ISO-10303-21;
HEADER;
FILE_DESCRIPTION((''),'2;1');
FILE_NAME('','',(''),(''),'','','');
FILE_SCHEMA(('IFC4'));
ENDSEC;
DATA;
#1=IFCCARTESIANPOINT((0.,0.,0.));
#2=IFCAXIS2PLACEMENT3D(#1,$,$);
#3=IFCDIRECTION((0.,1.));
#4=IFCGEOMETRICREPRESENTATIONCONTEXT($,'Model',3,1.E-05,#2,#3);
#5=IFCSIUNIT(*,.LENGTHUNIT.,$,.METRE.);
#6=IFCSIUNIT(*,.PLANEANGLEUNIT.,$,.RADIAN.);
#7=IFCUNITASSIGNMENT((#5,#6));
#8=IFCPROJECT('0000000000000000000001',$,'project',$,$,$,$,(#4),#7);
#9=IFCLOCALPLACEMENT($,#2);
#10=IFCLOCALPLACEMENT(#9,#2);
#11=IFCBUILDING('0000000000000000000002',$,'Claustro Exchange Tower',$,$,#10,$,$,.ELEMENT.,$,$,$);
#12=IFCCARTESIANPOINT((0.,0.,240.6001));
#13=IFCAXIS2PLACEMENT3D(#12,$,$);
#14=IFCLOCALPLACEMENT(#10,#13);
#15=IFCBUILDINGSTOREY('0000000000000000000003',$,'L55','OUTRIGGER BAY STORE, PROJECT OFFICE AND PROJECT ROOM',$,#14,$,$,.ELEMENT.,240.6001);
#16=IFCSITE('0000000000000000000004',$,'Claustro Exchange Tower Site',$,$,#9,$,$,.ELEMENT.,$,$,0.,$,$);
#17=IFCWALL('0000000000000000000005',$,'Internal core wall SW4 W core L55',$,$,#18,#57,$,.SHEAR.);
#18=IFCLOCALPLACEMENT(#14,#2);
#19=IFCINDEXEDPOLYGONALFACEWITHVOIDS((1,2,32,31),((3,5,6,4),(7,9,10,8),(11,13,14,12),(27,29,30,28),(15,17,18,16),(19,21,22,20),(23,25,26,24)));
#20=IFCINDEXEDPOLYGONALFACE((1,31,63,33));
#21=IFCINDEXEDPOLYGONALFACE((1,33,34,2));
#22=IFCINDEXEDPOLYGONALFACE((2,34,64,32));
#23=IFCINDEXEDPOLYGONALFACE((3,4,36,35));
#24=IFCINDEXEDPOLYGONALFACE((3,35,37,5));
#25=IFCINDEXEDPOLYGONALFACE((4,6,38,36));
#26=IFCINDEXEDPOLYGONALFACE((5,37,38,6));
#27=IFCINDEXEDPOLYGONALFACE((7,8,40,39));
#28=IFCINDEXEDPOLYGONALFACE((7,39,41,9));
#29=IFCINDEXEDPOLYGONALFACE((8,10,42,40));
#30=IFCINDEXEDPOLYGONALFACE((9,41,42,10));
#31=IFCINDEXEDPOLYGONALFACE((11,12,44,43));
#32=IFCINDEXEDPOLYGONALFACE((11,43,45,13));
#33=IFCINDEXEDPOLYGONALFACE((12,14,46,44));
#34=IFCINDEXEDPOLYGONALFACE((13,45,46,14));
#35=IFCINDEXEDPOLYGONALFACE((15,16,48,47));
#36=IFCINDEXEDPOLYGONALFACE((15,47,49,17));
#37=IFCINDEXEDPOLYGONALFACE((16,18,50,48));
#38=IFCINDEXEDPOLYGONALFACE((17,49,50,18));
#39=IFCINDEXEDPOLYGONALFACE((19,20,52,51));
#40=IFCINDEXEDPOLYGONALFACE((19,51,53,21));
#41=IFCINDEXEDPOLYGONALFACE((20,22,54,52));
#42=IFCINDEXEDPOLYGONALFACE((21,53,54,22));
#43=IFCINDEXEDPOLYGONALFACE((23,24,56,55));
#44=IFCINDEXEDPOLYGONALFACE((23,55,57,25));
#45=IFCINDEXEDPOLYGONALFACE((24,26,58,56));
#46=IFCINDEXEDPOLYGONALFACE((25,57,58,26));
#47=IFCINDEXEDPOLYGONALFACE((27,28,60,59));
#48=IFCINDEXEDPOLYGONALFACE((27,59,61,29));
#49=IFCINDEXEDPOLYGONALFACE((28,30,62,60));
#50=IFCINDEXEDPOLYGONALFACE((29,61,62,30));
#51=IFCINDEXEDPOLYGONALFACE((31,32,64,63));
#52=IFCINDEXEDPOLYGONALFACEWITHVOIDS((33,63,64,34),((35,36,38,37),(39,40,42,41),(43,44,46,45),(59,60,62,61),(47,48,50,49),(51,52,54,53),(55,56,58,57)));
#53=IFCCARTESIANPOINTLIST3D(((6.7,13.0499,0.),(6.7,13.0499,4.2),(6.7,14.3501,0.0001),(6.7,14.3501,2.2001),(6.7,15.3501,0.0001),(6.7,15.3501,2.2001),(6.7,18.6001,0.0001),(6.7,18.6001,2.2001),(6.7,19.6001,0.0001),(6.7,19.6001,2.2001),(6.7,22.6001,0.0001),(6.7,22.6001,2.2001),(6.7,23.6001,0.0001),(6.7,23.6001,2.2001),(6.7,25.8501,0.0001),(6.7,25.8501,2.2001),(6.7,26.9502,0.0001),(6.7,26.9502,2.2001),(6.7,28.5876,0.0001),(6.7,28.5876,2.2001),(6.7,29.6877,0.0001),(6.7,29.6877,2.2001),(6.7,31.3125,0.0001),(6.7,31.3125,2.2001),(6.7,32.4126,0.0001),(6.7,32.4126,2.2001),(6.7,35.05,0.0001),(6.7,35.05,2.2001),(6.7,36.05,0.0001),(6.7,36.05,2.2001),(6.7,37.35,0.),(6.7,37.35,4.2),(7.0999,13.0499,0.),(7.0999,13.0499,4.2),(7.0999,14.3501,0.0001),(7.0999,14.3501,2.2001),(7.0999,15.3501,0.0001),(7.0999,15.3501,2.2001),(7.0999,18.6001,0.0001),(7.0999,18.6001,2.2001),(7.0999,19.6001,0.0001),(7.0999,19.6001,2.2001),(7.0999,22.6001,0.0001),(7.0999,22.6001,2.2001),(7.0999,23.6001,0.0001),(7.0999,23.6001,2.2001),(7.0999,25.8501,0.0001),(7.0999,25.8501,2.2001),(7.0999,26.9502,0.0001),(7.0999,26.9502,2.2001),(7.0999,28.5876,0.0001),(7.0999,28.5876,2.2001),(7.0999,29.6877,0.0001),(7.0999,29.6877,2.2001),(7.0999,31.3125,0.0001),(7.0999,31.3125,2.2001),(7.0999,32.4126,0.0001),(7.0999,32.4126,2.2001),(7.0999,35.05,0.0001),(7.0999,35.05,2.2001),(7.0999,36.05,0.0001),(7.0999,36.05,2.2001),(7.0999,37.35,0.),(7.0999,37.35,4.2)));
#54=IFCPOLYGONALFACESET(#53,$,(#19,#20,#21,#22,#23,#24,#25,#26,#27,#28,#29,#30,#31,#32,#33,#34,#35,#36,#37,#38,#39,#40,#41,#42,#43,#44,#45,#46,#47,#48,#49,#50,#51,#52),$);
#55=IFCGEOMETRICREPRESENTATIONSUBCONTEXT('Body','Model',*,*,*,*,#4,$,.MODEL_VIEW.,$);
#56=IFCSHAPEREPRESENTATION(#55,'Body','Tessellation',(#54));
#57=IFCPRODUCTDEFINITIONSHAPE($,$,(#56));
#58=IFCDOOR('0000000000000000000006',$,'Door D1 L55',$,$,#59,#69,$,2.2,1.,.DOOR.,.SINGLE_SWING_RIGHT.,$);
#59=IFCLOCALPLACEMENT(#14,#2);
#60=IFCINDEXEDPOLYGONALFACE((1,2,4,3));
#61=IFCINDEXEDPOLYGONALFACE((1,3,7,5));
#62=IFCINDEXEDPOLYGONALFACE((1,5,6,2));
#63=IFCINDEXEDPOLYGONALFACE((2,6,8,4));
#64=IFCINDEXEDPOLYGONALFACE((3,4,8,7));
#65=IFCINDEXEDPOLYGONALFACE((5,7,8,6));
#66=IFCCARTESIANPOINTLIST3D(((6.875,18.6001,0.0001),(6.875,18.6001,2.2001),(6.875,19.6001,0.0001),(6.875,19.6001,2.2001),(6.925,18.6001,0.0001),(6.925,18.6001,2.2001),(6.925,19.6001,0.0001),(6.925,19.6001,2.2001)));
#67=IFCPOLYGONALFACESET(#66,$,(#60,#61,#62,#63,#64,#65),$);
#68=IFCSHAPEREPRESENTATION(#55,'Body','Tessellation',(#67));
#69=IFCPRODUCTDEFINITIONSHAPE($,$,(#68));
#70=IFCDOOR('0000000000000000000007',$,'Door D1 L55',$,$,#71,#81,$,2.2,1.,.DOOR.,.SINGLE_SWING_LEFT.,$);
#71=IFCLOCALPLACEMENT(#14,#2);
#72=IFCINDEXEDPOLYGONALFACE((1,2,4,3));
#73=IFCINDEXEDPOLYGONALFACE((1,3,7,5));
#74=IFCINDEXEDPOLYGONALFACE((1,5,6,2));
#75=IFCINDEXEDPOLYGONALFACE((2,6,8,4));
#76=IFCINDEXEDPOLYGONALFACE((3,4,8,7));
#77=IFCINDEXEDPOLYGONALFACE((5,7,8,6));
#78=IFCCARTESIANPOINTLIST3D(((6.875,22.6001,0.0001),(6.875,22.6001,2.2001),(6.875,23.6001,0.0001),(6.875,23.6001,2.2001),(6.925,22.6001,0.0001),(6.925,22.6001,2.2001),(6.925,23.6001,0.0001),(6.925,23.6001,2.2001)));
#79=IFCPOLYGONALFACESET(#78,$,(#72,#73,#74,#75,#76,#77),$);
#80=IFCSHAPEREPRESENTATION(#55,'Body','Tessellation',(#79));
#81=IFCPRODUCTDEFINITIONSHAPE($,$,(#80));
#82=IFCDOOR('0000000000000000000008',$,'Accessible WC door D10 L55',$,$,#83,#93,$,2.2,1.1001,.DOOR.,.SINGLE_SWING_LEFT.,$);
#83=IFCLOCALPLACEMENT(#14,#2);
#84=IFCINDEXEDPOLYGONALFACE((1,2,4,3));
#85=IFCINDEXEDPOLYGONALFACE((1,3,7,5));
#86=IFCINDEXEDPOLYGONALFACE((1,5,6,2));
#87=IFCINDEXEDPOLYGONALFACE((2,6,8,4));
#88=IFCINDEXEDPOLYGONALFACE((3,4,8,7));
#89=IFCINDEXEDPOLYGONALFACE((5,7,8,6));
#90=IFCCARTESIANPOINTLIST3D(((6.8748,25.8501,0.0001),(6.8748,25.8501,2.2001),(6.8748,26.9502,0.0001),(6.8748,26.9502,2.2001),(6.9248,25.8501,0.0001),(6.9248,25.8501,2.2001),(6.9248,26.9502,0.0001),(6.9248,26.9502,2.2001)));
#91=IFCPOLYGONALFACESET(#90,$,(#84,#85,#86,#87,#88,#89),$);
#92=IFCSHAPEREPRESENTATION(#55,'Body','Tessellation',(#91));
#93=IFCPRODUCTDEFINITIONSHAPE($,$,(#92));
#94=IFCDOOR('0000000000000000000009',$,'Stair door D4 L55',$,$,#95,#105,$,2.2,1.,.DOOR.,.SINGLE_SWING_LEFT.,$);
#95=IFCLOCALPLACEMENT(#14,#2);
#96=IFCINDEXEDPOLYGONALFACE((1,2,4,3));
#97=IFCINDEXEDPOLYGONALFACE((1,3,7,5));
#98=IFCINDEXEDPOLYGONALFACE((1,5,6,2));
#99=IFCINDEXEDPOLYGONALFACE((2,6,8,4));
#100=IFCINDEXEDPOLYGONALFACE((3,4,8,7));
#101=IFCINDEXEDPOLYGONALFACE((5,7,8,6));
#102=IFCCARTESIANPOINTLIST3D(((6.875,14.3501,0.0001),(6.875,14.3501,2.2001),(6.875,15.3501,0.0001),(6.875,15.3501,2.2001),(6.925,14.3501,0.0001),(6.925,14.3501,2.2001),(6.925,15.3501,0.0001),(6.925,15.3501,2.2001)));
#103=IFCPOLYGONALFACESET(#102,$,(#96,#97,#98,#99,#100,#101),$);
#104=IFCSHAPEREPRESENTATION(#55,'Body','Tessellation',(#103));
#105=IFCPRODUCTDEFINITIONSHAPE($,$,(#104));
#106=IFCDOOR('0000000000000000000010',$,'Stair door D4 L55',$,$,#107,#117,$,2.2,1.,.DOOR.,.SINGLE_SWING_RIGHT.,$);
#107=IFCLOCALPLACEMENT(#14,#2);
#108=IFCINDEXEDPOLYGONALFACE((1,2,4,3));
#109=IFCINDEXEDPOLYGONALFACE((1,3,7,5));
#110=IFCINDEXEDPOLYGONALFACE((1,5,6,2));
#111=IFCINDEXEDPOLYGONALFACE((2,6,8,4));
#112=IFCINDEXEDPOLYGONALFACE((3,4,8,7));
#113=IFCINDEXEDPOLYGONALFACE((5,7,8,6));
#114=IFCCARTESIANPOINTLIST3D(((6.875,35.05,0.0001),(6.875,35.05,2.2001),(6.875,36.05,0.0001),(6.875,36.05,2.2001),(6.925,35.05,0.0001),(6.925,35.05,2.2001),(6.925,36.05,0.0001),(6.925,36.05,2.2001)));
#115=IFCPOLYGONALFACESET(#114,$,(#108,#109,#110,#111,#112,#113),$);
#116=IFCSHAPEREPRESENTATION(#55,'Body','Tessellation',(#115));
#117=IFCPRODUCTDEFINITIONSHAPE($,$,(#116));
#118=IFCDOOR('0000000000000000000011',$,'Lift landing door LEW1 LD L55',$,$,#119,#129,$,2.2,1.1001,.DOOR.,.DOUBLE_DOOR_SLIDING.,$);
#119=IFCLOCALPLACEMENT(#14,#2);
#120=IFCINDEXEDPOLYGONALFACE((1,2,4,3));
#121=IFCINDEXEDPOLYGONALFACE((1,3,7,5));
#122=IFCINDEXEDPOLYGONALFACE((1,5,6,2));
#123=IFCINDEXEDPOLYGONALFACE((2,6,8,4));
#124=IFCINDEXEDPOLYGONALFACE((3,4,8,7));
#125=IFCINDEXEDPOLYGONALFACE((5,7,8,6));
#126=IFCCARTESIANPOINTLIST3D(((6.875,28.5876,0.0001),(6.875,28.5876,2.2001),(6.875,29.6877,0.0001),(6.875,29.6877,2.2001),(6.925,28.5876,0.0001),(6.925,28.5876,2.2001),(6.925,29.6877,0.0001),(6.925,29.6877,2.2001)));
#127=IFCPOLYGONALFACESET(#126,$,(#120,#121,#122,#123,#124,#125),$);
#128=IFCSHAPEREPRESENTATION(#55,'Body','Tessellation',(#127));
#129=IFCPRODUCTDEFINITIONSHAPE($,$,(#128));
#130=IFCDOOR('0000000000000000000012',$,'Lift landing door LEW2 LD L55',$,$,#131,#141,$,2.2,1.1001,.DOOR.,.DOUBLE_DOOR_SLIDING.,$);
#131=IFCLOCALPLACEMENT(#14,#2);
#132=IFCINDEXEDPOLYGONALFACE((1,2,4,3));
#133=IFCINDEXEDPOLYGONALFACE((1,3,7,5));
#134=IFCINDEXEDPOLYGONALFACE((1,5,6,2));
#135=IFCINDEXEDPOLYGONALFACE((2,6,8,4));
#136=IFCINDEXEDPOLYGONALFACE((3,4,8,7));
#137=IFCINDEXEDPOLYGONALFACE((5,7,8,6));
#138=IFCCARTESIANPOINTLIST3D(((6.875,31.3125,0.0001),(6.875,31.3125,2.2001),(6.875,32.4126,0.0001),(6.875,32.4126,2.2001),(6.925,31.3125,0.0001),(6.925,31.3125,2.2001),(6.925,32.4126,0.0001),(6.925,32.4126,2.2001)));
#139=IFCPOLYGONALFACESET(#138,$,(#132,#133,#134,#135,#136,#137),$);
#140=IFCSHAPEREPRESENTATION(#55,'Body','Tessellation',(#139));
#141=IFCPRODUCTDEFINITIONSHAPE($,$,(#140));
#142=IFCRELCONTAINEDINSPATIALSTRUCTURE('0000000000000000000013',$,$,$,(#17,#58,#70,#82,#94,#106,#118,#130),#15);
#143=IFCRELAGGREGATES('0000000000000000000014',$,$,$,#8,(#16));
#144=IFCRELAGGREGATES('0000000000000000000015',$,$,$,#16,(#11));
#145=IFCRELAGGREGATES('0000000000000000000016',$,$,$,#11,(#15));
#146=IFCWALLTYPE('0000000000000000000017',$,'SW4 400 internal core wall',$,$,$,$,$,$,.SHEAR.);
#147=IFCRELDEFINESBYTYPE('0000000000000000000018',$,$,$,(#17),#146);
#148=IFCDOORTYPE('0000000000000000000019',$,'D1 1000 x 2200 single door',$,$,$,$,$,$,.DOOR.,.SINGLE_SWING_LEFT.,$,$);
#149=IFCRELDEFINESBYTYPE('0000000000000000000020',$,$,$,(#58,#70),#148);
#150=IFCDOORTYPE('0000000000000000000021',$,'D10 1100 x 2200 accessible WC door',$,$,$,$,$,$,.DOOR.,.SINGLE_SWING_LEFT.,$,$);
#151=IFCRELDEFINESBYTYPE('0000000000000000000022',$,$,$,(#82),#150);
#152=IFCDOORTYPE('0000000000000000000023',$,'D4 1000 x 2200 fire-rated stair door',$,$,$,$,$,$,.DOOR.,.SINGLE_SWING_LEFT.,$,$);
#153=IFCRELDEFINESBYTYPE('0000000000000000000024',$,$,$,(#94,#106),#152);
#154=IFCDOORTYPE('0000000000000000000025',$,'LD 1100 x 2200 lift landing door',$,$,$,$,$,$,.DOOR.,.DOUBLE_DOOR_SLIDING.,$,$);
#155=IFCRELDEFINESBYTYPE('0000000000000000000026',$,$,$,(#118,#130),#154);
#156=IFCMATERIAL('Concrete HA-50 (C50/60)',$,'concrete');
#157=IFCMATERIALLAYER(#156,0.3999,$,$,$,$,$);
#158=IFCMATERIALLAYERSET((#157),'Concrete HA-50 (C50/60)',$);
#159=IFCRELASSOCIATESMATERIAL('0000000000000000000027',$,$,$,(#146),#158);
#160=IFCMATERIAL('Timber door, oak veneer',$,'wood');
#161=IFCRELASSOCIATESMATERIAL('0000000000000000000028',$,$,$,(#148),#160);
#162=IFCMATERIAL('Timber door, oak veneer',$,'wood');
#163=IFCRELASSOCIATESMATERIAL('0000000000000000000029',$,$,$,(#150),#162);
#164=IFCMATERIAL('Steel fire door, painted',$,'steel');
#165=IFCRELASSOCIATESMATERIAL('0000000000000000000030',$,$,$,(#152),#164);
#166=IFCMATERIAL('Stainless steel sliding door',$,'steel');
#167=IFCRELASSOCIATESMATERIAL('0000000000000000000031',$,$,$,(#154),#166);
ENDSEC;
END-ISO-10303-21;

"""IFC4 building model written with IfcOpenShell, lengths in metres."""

from ifc_helpers import new_model, si_unit, direction, frame, frame_2d, origin, place, context, subcontext, project, spatial, rectangle, extrude, material, layer, layer_set, type_object, element, fill, save


model = new_model("IFC4")

# Units and contexts
model_context = context("Model", 3, precision=1e-05, world=origin(), true_north=direction((0.0, 1.0)))
body_context = subcontext(model_context, "Body", "Model", "MODEL_VIEW")
ifc_project = project(units=[si_unit("LENGTHUNIT", "METRE"), si_unit("PLANEANGLEUNIT", "RADIAN")], contexts=[model_context])

# Site, building, storey
site_placement = place(None, origin())
site = spatial("IfcSite", under=ifc_project, at=site_placement, Name="Claustro Exchange Tower Site", CompositionType="ELEMENT", RefElevation=0.0)
building_placement = place(site_placement, origin())
building = spatial("IfcBuilding", under=site, at=building_placement, Name="Claustro Exchange Tower", CompositionType="ELEMENT")
storey_placement = place(building_placement, frame((0.0, 0.0, 240.6001)))
storey = spatial("IfcBuildingStorey", under=building, at=storey_placement, Name="L55", Description="OUTRIGGER BAY STORE, PROJECT OFFICE AND PROJECT ROOM", CompositionType="ELEMENT", Elevation=240.6001)

# Wall, openings, doors
ifc_material_1 = material(Name="Concrete HA-50 (C50/60)", Category="concrete")
ifc_layer_1 = layer(ifc_material_1, 0.3999)
ifc_layer_set_1 = layer_set([ifc_layer_1], Name="Concrete HA-50 (C50/60)")
wall_type_1 = type_object("IfcWallType", Name="SW4 400 internal core wall", PredefinedType="SHEAR", material=ifc_layer_set_1)
wall_1_placement = place(storey_placement, frame((6.8999, 13.05, 0.0), z_axis=(0.0, 0.0, 1.0), x_axis=(0.0, 1.0, 0.0)))
wall_1 = element("IfcWall", 1, at=wall_1_placement, inside=storey, type_object=wall_type_1, Name="Internal core wall SW4 W core L55", PredefinedType="SHEAR", context=body_context, shape_type="SweptSolid", body=[
    extrude(rectangle(XDim=24.3, YDim=0.3999, at=frame_2d((12.1499, 0.0))), origin(), (0.0, 0.0, 1.0), 4.2),
])
opening_1_placement = place(wall_1_placement, frame((1.3, 0.0, 0.0)))
opening_1 = element("IfcOpeningElement", 2, at=opening_1_placement, cuts=wall_1, PredefinedType="OPENING", context=body_context, shape_type="SweptSolid", body=[
    extrude(rectangle(XDim=1.0, YDim=2.2, at=frame_2d((0.5, 1.1001))), frame((0.0, 0.21, 0.0), z_axis=(0.0, -1.0, 0.0), x_axis=(1.0, 0.0, 0.0)), (0.0, 0.0, 1.0), 0.4199),
])
opening_2_placement = place(wall_1_placement, frame((22.0, 0.0, 0.0)))
opening_2 = element("IfcOpeningElement", 3, at=opening_2_placement, cuts=wall_1, PredefinedType="OPENING", context=body_context, shape_type="SweptSolid", body=[
    extrude(rectangle(XDim=1.0, YDim=2.2, at=frame_2d((0.5, 1.1001))), frame((0.0, 0.21, 0.0), z_axis=(0.0, -1.0, 0.0), x_axis=(1.0, 0.0, 0.0)), (0.0, 0.0, 1.0), 0.4199),
])
opening_3_placement = place(wall_1_placement, frame((5.55, 0.0, 0.0)))
opening_3 = element("IfcOpeningElement", 4, at=opening_3_placement, cuts=wall_1, PredefinedType="OPENING", context=body_context, shape_type="SweptSolid", body=[
    extrude(rectangle(XDim=1.0, YDim=2.2, at=frame_2d((0.5, 1.1001))), frame((0.0, 0.21, 0.0), z_axis=(0.0, -1.0, 0.0), x_axis=(1.0, 0.0, 0.0)), (0.0, 0.0, 1.0), 0.4199),
])
opening_4_placement = place(wall_1_placement, frame((9.55, 0.0, 0.0)))
opening_4 = element("IfcOpeningElement", 5, at=opening_4_placement, cuts=wall_1, PredefinedType="OPENING", context=body_context, shape_type="SweptSolid", body=[
    extrude(rectangle(XDim=1.0, YDim=2.2, at=frame_2d((0.5, 1.1001))), frame((0.0, 0.21, 0.0), z_axis=(0.0, -1.0, 0.0), x_axis=(1.0, 0.0, 0.0)), (0.0, 0.0, 1.0), 0.4199),
])
opening_5_placement = place(wall_1_placement, frame((12.8, 0.0, 0.0)))
opening_5 = element("IfcOpeningElement", 6, at=opening_5_placement, cuts=wall_1, PredefinedType="OPENING", context=body_context, shape_type="SweptSolid", body=[
    extrude(rectangle(XDim=1.1001, YDim=2.2, at=frame_2d((0.55, 1.1001))), frame((0.0, 0.21, 0.0), z_axis=(0.0, -1.0, 0.0), x_axis=(1.0, 0.0, 0.0)), (0.0, 0.0, 1.0), 0.4199),
])
opening_6_placement = place(wall_1_placement, frame((15.5376, 0.0, 0.0)))
opening_6 = element("IfcOpeningElement", 7, at=opening_6_placement, cuts=wall_1, PredefinedType="OPENING", context=body_context, shape_type="SweptSolid", body=[
    extrude(rectangle(XDim=1.1001, YDim=2.2, at=frame_2d((0.55, 1.1001))), frame((0.0, 0.21, 0.0), z_axis=(0.0, -1.0, 0.0), x_axis=(1.0, 0.0, 0.0)), (0.0, 0.0, 1.0), 0.4199),
])
opening_7_placement = place(wall_1_placement, frame((18.2625, 0.0, 0.0)))
opening_7 = element("IfcOpeningElement", 8, at=opening_7_placement, cuts=wall_1, PredefinedType="OPENING", context=body_context, shape_type="SweptSolid", body=[
    extrude(rectangle(XDim=1.1001, YDim=2.2, at=frame_2d((0.55, 1.1001))), frame((0.0, 0.21, 0.0), z_axis=(0.0, -1.0, 0.0), x_axis=(1.0, 0.0, 0.0)), (0.0, 0.0, 1.0), 0.4199),
])
ifc_material_2 = material(Name="Timber door, oak veneer", Category="wood")
door_type_1 = type_object("IfcDoorType", Name="D1 1000 x 2200 single door", OperationType="SINGLE_SWING_LEFT", PredefinedType="DOOR", material=ifc_material_2)
door_1_placement = place(opening_3_placement, origin())
door_1 = element("IfcDoor", 9, at=door_1_placement, inside=storey, type_object=door_type_1, Name="Door D1 L55", OperationType="SINGLE_SWING_RIGHT", OverallHeight=2.2, OverallWidth=1.0, PredefinedType="DOOR", context=body_context, shape_type="SweptSolid", body=[
    extrude(rectangle(XDim=1.0, YDim=2.2, at=frame_2d((0.5, 1.1001))), frame((0.0, 0.0249, 0.0), z_axis=(0.0, -1.0, 0.0), x_axis=(1.0, 0.0, 0.0)), (0.0, 0.0, 1.0), 0.05),
])
fill(opening_3, door_1)
door_2_placement = place(opening_4_placement, origin())
door_2 = element("IfcDoor", 10, at=door_2_placement, inside=storey, type_object=door_type_1, Name="Door D1 L55", OperationType="SINGLE_SWING_LEFT", OverallHeight=2.2, OverallWidth=1.0, PredefinedType="DOOR", context=body_context, shape_type="SweptSolid", body=[
    extrude(rectangle(XDim=1.0, YDim=2.2, at=frame_2d((0.5, 1.1001))), frame((0.0, 0.0249, 0.0), z_axis=(0.0, -1.0, 0.0), x_axis=(1.0, 0.0, 0.0)), (0.0, 0.0, 1.0), 0.05),
])
fill(opening_4, door_2)
ifc_material_3 = material(Name="Timber door, oak veneer", Category="wood")
door_type_2 = type_object("IfcDoorType", Name="D10 1100 x 2200 accessible WC door", OperationType="SINGLE_SWING_LEFT", PredefinedType="DOOR", material=ifc_material_3)
door_3_placement = place(opening_5_placement, frame((1.1001, 0.0, 0.0), z_axis=(0.0, 0.0, 1.0), x_axis=(-1.0, 0.0, 0.0)))
door_3 = element("IfcDoor", 11, at=door_3_placement, inside=storey, type_object=door_type_2, Name="Accessible WC door D10 L55", OperationType="SINGLE_SWING_LEFT", OverallHeight=2.2, OverallWidth=1.1001, PredefinedType="DOOR", context=body_context, shape_type="SweptSolid", body=[
    extrude(rectangle(XDim=1.1001, YDim=2.2, at=frame_2d((0.55, 1.1001))), frame((0.0, 0.0249, 0.0), z_axis=(0.0, -1.0, 0.0), x_axis=(1.0, 0.0, 0.0)), (0.0, 0.0, 1.0), 0.05),
])
fill(opening_5, door_3)
ifc_material_4 = material(Name="Steel fire door, painted", Category="steel")
door_type_3 = type_object("IfcDoorType", Name="D4 1000 x 2200 fire-rated stair door", OperationType="SINGLE_SWING_LEFT", PredefinedType="DOOR", material=ifc_material_4)
door_4_placement = place(opening_1_placement, origin())
door_4 = element("IfcDoor", 12, at=door_4_placement, inside=storey, type_object=door_type_3, Name="Stair door D4 L55", OperationType="SINGLE_SWING_LEFT", OverallHeight=2.2, OverallWidth=1.0, PredefinedType="DOOR", context=body_context, shape_type="SweptSolid", body=[
    extrude(rectangle(XDim=1.0, YDim=2.2, at=frame_2d((0.5, 1.1001))), frame((0.0, 0.0249, 0.0), z_axis=(0.0, -1.0, 0.0), x_axis=(1.0, 0.0, 0.0)), (0.0, 0.0, 1.0), 0.05),
])
fill(opening_1, door_4)
door_5_placement = place(opening_2_placement, origin())
door_5 = element("IfcDoor", 13, at=door_5_placement, inside=storey, type_object=door_type_3, Name="Stair door D4 L55", OperationType="SINGLE_SWING_RIGHT", OverallHeight=2.2, OverallWidth=1.0, PredefinedType="DOOR", context=body_context, shape_type="SweptSolid", body=[
    extrude(rectangle(XDim=1.0, YDim=2.2, at=frame_2d((0.5, 1.1001))), frame((0.0, 0.0249, 0.0), z_axis=(0.0, -1.0, 0.0), x_axis=(1.0, 0.0, 0.0)), (0.0, 0.0, 1.0), 0.05),
])
fill(opening_2, door_5)
ifc_material_5 = material(Name="Stainless steel sliding door", Category="steel")
door_type_4 = type_object("IfcDoorType", Name="LD 1100 x 2200 lift landing door", OperationType="DOUBLE_DOOR_SLIDING", PredefinedType="DOOR", material=ifc_material_5)
door_6_placement = place(opening_6_placement, origin())
door_6 = element("IfcDoor", 14, at=door_6_placement, inside=storey, type_object=door_type_4, Name="Lift landing door LEW1 LD L55", OperationType="DOUBLE_DOOR_SLIDING", OverallHeight=2.2, OverallWidth=1.1001, PredefinedType="DOOR", context=body_context, shape_type="SweptSolid", body=[
    extrude(rectangle(XDim=1.1001, YDim=2.2, at=frame_2d((0.55, 1.1001))), frame((0.0, 0.0249, 0.0), z_axis=(0.0, -1.0, 0.0), x_axis=(1.0, 0.0, 0.0)), (0.0, 0.0, 1.0), 0.05),
])
fill(opening_6, door_6)
door_7_placement = place(opening_7_placement, origin())
door_7 = element("IfcDoor", 15, at=door_7_placement, inside=storey, type_object=door_type_4, Name="Lift landing door LEW2 LD L55", OperationType="DOUBLE_DOOR_SLIDING", OverallHeight=2.2, OverallWidth=1.1001, PredefinedType="DOOR", context=body_context, shape_type="SweptSolid", body=[
    extrude(rectangle(XDim=1.1001, YDim=2.2, at=frame_2d((0.55, 1.1001))), frame((0.0, 0.0249, 0.0), z_axis=(0.0, -1.0, 0.0), x_axis=(1.0, 0.0, 0.0)), (0.0, 0.0, 1.0), 0.05),
])
fill(opening_7, door_7)

save(model, "model.ifc")
